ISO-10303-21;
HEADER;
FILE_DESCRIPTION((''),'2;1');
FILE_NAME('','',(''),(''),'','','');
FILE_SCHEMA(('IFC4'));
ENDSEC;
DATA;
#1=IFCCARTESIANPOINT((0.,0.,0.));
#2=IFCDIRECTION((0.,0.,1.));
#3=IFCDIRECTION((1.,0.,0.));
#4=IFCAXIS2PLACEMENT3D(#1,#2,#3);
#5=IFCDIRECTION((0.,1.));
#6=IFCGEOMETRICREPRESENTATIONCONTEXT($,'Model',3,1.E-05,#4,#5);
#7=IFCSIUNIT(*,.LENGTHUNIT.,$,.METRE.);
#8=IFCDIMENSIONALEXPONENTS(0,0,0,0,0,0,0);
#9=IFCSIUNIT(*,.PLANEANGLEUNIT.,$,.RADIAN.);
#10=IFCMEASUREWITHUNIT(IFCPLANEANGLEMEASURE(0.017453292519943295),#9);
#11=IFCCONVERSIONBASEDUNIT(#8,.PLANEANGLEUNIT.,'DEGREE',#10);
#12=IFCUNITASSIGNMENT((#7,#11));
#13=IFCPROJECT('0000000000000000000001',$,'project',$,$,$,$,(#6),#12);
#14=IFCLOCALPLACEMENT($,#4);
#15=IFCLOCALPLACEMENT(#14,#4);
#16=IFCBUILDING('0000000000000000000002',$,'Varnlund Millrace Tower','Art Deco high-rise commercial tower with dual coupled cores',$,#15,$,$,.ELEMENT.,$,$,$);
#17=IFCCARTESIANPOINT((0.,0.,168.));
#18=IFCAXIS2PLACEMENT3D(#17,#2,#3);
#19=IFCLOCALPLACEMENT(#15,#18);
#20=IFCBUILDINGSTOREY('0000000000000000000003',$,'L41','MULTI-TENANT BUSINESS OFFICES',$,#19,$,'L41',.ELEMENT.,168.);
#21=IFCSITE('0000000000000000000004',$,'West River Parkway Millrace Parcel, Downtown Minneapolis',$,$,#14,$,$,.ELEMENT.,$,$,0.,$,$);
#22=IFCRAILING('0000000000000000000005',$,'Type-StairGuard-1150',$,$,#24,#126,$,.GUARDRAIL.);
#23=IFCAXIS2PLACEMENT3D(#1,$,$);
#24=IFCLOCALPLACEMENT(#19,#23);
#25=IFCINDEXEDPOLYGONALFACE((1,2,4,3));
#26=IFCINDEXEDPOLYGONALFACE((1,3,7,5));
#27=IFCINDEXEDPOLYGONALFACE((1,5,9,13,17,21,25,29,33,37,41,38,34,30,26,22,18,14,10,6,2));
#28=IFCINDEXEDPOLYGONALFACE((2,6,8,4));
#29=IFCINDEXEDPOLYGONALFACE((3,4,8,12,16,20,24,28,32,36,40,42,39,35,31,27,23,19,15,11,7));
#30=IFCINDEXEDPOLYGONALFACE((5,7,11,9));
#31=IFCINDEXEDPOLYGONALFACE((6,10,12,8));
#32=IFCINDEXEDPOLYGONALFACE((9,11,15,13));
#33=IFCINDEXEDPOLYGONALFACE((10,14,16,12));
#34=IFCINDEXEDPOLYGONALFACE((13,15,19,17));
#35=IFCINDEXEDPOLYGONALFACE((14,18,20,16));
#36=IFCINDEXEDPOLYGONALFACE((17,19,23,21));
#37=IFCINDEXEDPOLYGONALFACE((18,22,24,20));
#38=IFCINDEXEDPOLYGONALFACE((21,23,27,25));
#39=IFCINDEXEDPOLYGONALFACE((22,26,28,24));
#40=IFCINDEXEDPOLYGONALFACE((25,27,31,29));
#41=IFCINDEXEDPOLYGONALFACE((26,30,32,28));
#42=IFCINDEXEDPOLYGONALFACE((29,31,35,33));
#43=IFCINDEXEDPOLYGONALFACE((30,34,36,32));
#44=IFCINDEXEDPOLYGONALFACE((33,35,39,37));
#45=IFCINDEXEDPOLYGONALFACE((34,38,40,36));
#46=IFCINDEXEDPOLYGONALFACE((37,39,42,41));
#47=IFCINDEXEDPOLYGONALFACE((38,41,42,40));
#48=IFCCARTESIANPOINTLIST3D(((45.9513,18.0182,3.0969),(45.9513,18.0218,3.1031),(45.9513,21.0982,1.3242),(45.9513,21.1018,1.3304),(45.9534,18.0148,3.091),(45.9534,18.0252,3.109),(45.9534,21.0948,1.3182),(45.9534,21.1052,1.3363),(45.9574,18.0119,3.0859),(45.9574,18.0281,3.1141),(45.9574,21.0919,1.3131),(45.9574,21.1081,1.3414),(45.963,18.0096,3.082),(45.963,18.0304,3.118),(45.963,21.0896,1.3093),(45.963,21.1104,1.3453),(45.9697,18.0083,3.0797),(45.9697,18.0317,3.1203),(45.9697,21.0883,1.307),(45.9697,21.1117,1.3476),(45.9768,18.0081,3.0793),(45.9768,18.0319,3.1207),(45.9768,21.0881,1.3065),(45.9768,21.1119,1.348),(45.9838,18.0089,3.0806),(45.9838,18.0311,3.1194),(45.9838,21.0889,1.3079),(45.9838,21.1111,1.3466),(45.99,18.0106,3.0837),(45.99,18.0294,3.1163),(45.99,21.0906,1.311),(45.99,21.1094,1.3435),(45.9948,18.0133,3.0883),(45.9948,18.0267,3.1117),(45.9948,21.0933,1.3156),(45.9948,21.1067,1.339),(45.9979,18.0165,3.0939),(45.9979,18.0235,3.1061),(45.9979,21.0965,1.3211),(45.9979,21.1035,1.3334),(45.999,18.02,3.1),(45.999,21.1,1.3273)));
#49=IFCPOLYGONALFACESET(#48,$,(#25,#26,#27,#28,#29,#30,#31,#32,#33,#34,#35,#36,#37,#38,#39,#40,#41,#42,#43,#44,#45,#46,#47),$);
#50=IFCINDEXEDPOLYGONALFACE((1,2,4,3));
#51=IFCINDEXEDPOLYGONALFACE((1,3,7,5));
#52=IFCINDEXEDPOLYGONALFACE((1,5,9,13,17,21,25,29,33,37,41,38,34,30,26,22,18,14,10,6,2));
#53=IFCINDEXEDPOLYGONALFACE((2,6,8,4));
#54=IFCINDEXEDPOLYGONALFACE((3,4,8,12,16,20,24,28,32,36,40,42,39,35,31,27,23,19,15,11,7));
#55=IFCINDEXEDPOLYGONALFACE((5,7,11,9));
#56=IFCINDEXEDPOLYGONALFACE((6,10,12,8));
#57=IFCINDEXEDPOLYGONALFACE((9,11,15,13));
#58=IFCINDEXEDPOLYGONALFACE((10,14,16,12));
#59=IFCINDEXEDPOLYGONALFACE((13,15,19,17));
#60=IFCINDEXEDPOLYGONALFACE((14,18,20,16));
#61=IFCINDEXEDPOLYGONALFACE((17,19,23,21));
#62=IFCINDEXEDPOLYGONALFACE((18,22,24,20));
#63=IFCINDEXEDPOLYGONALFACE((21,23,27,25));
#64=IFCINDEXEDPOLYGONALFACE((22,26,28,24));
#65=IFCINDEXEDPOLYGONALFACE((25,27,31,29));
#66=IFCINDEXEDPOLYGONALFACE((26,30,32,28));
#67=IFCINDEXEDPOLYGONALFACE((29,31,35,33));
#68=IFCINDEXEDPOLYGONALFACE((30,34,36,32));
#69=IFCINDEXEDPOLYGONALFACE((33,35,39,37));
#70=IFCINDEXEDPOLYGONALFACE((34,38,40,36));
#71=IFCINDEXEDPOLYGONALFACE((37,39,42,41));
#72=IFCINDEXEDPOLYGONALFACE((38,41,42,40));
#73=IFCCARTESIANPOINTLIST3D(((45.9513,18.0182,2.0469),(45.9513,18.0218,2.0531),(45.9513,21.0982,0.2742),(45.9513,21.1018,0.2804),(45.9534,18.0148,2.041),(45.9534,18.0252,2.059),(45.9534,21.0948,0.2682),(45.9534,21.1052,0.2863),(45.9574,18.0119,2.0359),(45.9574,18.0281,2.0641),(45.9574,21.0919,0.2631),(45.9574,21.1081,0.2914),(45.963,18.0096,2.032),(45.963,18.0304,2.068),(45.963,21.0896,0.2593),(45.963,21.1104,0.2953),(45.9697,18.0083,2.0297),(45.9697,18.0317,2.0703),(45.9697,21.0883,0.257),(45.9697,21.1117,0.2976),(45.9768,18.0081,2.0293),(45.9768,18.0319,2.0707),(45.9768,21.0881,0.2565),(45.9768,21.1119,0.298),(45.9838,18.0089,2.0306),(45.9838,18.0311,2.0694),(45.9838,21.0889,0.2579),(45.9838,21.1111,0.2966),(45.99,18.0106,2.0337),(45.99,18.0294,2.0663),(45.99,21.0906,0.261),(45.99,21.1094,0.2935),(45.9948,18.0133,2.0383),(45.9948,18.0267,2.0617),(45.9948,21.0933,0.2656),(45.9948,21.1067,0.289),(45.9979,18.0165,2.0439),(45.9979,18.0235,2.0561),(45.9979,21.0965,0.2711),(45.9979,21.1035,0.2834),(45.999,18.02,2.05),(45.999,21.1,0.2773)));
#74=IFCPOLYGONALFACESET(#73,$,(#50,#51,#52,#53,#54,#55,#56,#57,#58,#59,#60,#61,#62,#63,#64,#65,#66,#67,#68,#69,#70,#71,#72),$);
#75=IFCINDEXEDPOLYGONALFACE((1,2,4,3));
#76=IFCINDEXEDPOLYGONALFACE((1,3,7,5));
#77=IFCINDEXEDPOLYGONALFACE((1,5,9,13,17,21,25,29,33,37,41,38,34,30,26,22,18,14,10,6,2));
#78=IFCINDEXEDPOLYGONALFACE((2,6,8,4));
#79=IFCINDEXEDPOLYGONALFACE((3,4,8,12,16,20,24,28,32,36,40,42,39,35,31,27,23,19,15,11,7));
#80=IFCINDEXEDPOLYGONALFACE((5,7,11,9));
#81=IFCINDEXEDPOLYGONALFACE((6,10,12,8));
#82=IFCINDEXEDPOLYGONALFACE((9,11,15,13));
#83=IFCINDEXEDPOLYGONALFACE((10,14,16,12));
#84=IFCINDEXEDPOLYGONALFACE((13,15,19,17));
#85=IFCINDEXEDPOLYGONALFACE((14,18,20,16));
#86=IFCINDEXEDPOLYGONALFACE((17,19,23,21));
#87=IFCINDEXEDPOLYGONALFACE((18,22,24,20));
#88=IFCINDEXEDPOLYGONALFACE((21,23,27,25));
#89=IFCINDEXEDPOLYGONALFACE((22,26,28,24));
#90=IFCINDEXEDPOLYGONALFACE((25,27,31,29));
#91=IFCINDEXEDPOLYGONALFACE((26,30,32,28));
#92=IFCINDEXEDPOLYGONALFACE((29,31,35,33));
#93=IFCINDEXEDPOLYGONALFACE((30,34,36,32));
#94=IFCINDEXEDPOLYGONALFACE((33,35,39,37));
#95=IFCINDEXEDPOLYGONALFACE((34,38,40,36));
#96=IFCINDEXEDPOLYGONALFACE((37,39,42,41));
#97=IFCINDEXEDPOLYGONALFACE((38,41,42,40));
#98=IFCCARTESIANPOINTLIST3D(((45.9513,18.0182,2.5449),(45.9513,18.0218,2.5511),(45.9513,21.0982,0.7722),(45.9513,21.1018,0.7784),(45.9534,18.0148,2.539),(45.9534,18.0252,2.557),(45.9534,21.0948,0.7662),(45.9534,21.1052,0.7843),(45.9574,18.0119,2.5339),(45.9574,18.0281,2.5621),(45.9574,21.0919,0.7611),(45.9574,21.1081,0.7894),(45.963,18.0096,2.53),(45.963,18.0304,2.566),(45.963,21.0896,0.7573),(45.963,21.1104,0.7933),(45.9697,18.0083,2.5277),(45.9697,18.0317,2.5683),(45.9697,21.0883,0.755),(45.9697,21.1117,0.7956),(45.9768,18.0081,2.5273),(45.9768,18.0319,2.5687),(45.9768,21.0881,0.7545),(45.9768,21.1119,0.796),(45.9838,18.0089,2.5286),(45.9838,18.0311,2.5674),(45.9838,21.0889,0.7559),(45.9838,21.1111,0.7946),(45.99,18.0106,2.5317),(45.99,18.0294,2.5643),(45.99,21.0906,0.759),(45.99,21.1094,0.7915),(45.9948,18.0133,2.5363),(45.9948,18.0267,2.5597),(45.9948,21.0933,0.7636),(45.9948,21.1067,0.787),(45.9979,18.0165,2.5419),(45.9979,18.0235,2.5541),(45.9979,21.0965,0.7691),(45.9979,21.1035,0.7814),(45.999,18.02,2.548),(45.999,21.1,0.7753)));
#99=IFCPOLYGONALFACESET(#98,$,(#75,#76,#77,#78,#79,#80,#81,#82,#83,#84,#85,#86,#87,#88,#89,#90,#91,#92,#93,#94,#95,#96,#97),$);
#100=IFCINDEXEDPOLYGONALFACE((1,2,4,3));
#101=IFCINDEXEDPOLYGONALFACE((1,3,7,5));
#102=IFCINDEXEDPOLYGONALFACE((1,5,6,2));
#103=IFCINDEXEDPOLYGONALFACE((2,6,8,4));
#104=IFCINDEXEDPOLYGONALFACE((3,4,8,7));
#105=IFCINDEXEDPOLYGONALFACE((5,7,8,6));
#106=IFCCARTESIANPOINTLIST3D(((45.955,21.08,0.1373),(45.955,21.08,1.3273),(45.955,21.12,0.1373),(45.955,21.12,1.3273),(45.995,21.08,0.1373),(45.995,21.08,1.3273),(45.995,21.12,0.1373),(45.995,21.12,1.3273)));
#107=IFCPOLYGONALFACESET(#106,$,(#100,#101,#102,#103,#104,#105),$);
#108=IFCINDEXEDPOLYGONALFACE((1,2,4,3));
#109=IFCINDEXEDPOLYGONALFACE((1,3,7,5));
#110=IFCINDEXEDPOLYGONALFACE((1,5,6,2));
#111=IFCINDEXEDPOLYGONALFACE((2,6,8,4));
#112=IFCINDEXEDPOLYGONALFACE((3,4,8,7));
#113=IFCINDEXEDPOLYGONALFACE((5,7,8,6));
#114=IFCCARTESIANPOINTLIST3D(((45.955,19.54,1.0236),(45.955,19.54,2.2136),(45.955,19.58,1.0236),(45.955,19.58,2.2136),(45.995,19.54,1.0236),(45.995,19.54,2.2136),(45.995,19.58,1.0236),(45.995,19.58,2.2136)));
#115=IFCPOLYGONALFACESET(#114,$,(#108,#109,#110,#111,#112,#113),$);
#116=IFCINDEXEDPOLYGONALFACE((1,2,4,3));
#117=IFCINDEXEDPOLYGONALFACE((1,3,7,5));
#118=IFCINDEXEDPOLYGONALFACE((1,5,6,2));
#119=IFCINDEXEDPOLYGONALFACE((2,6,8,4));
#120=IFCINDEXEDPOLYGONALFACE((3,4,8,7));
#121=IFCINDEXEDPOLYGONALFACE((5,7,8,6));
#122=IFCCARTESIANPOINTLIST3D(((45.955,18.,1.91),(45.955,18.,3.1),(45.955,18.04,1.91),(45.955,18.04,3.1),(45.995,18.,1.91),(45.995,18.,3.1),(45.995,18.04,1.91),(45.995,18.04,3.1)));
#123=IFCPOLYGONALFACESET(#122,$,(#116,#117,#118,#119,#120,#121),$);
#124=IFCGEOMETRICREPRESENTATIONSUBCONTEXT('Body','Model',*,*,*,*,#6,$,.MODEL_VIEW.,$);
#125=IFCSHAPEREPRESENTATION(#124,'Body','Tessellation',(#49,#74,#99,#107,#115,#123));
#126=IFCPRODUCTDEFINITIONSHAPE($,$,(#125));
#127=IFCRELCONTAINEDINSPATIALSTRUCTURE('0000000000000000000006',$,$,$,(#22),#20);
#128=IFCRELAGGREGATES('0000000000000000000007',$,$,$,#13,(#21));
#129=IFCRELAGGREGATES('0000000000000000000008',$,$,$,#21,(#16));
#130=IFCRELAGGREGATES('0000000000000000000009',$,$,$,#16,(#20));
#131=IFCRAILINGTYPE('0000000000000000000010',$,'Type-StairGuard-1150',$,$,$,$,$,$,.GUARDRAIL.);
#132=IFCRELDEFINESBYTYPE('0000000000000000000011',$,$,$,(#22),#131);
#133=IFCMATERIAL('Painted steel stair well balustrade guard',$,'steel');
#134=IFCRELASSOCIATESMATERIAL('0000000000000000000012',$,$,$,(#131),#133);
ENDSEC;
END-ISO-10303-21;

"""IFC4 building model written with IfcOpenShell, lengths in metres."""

from ifc_helpers import new_model, entity, si_unit, converted_unit, direction, frame, origin_with_axes, origin_2d_with_axis, place, context, subcontext, project, spatial, rectangle, circle, extrude, material, type_object, element, save


model = new_model("IFC4")

# Units and contexts
model_context = context("Model", 3, precision=1e-05, world=origin_with_axes(), true_north=direction((0.0, 1.0)))
body_context = subcontext(model_context, "Body", "Model", "MODEL_VIEW")
ifc_project = project(units=[si_unit("LENGTHUNIT", "METRE"), converted_unit("PLANEANGLEUNIT", "DEGREE", entity("IfcPlaneAngleMeasure", 0.017453292519943295), si_unit("PLANEANGLEUNIT", "RADIAN"), dimensions=[0, 0, 0, 0, 0, 0, 0])], contexts=[model_context])

# Site, building, storey
site_placement = place(None, origin_with_axes())
site = spatial("IfcSite", under=ifc_project, at=site_placement, Name="West River Parkway Millrace Parcel, Downtown Minneapolis", CompositionType="ELEMENT", RefElevation=0.0)
building_placement = place(site_placement, origin_with_axes())
building = spatial("IfcBuilding", under=site, at=building_placement, Name="Varnlund Millrace Tower", Description="Art Deco high-rise commercial tower with dual coupled cores", CompositionType="ELEMENT")
storey_placement = place(building_placement, frame((0.0, 0.0, 168.0), z_axis=(0.0, 0.0, 1.0), x_axis=(1.0, 0.0, 0.0)))
storey = spatial("IfcBuildingStorey", under=building, at=storey_placement, Name="L41", Description="MULTI-TENANT BUSINESS OFFICES", LongName="L41", CompositionType="ELEMENT", Elevation=168.0)

# Railing
ifc_material_1 = material(Name="Painted steel stair well balustrade guard", Category="steel")
railing_type_1 = type_object("IfcRailingType", Name="Type-StairGuard-1150", PredefinedType="GUARDRAIL", material=ifc_material_1)
railing_1_placement = place(storey_placement, frame((0.0, 0.0, -168.0), z_axis=(0.0, 0.0, 1.0), x_axis=(1.0, 0.0, 0.0)))
element("IfcRailing", 1, at=railing_1_placement, inside=storey, type_object=railing_type_1, Name="Type-StairGuard-1150", PredefinedType="GUARDRAIL", context=body_context, shape_type="SweptSolid", body=[
    extrude(circle(Radius=0.024, at=origin_2d_with_axis()), frame((45.975, 21.1, 169.3273), z_axis=(0.0, -0.866696, 0.498836), x_axis=(1.0, 0.0, 0.0)), (0.0, 0.0, 1.0), 3.5537),
    extrude(circle(Radius=0.024, at=origin_2d_with_axis()), frame((45.975, 21.1, 168.2773), z_axis=(0.0, -0.866696, 0.498836), x_axis=(1.0, 0.0, 0.0)), (0.0, 0.0, 1.0), 3.5537),
    extrude(circle(Radius=0.024, at=origin_2d_with_axis()), frame((45.975, 21.1, 168.7753), z_axis=(0.0, -0.866696, 0.498836), x_axis=(1.0, 0.0, 0.0)), (0.0, 0.0, 1.0), 3.5537),
    extrude(rectangle(XDim=0.04, YDim=0.04, at=origin_2d_with_axis()), frame((45.975, 21.1, 168.1373), z_axis=(0.0, 0.0, 1.0), x_axis=(1.0, 0.0, 0.0)), (0.0, 0.0, 1.0), 1.19),
    extrude(rectangle(XDim=0.04, YDim=0.04, at=origin_2d_with_axis()), frame((45.975, 19.56, 169.0236), z_axis=(0.0, 0.0, 1.0), x_axis=(1.0, 0.0, 0.0)), (0.0, 0.0, 1.0), 1.19),
    extrude(rectangle(XDim=0.04, YDim=0.04, at=origin_2d_with_axis()), frame((45.975, 18.02, 169.91), z_axis=(0.0, 0.0, 1.0), x_axis=(1.0, 0.0, 0.0)), (0.0, 0.0, 1.0), 1.19),
])

save(model, "model.ifc")
